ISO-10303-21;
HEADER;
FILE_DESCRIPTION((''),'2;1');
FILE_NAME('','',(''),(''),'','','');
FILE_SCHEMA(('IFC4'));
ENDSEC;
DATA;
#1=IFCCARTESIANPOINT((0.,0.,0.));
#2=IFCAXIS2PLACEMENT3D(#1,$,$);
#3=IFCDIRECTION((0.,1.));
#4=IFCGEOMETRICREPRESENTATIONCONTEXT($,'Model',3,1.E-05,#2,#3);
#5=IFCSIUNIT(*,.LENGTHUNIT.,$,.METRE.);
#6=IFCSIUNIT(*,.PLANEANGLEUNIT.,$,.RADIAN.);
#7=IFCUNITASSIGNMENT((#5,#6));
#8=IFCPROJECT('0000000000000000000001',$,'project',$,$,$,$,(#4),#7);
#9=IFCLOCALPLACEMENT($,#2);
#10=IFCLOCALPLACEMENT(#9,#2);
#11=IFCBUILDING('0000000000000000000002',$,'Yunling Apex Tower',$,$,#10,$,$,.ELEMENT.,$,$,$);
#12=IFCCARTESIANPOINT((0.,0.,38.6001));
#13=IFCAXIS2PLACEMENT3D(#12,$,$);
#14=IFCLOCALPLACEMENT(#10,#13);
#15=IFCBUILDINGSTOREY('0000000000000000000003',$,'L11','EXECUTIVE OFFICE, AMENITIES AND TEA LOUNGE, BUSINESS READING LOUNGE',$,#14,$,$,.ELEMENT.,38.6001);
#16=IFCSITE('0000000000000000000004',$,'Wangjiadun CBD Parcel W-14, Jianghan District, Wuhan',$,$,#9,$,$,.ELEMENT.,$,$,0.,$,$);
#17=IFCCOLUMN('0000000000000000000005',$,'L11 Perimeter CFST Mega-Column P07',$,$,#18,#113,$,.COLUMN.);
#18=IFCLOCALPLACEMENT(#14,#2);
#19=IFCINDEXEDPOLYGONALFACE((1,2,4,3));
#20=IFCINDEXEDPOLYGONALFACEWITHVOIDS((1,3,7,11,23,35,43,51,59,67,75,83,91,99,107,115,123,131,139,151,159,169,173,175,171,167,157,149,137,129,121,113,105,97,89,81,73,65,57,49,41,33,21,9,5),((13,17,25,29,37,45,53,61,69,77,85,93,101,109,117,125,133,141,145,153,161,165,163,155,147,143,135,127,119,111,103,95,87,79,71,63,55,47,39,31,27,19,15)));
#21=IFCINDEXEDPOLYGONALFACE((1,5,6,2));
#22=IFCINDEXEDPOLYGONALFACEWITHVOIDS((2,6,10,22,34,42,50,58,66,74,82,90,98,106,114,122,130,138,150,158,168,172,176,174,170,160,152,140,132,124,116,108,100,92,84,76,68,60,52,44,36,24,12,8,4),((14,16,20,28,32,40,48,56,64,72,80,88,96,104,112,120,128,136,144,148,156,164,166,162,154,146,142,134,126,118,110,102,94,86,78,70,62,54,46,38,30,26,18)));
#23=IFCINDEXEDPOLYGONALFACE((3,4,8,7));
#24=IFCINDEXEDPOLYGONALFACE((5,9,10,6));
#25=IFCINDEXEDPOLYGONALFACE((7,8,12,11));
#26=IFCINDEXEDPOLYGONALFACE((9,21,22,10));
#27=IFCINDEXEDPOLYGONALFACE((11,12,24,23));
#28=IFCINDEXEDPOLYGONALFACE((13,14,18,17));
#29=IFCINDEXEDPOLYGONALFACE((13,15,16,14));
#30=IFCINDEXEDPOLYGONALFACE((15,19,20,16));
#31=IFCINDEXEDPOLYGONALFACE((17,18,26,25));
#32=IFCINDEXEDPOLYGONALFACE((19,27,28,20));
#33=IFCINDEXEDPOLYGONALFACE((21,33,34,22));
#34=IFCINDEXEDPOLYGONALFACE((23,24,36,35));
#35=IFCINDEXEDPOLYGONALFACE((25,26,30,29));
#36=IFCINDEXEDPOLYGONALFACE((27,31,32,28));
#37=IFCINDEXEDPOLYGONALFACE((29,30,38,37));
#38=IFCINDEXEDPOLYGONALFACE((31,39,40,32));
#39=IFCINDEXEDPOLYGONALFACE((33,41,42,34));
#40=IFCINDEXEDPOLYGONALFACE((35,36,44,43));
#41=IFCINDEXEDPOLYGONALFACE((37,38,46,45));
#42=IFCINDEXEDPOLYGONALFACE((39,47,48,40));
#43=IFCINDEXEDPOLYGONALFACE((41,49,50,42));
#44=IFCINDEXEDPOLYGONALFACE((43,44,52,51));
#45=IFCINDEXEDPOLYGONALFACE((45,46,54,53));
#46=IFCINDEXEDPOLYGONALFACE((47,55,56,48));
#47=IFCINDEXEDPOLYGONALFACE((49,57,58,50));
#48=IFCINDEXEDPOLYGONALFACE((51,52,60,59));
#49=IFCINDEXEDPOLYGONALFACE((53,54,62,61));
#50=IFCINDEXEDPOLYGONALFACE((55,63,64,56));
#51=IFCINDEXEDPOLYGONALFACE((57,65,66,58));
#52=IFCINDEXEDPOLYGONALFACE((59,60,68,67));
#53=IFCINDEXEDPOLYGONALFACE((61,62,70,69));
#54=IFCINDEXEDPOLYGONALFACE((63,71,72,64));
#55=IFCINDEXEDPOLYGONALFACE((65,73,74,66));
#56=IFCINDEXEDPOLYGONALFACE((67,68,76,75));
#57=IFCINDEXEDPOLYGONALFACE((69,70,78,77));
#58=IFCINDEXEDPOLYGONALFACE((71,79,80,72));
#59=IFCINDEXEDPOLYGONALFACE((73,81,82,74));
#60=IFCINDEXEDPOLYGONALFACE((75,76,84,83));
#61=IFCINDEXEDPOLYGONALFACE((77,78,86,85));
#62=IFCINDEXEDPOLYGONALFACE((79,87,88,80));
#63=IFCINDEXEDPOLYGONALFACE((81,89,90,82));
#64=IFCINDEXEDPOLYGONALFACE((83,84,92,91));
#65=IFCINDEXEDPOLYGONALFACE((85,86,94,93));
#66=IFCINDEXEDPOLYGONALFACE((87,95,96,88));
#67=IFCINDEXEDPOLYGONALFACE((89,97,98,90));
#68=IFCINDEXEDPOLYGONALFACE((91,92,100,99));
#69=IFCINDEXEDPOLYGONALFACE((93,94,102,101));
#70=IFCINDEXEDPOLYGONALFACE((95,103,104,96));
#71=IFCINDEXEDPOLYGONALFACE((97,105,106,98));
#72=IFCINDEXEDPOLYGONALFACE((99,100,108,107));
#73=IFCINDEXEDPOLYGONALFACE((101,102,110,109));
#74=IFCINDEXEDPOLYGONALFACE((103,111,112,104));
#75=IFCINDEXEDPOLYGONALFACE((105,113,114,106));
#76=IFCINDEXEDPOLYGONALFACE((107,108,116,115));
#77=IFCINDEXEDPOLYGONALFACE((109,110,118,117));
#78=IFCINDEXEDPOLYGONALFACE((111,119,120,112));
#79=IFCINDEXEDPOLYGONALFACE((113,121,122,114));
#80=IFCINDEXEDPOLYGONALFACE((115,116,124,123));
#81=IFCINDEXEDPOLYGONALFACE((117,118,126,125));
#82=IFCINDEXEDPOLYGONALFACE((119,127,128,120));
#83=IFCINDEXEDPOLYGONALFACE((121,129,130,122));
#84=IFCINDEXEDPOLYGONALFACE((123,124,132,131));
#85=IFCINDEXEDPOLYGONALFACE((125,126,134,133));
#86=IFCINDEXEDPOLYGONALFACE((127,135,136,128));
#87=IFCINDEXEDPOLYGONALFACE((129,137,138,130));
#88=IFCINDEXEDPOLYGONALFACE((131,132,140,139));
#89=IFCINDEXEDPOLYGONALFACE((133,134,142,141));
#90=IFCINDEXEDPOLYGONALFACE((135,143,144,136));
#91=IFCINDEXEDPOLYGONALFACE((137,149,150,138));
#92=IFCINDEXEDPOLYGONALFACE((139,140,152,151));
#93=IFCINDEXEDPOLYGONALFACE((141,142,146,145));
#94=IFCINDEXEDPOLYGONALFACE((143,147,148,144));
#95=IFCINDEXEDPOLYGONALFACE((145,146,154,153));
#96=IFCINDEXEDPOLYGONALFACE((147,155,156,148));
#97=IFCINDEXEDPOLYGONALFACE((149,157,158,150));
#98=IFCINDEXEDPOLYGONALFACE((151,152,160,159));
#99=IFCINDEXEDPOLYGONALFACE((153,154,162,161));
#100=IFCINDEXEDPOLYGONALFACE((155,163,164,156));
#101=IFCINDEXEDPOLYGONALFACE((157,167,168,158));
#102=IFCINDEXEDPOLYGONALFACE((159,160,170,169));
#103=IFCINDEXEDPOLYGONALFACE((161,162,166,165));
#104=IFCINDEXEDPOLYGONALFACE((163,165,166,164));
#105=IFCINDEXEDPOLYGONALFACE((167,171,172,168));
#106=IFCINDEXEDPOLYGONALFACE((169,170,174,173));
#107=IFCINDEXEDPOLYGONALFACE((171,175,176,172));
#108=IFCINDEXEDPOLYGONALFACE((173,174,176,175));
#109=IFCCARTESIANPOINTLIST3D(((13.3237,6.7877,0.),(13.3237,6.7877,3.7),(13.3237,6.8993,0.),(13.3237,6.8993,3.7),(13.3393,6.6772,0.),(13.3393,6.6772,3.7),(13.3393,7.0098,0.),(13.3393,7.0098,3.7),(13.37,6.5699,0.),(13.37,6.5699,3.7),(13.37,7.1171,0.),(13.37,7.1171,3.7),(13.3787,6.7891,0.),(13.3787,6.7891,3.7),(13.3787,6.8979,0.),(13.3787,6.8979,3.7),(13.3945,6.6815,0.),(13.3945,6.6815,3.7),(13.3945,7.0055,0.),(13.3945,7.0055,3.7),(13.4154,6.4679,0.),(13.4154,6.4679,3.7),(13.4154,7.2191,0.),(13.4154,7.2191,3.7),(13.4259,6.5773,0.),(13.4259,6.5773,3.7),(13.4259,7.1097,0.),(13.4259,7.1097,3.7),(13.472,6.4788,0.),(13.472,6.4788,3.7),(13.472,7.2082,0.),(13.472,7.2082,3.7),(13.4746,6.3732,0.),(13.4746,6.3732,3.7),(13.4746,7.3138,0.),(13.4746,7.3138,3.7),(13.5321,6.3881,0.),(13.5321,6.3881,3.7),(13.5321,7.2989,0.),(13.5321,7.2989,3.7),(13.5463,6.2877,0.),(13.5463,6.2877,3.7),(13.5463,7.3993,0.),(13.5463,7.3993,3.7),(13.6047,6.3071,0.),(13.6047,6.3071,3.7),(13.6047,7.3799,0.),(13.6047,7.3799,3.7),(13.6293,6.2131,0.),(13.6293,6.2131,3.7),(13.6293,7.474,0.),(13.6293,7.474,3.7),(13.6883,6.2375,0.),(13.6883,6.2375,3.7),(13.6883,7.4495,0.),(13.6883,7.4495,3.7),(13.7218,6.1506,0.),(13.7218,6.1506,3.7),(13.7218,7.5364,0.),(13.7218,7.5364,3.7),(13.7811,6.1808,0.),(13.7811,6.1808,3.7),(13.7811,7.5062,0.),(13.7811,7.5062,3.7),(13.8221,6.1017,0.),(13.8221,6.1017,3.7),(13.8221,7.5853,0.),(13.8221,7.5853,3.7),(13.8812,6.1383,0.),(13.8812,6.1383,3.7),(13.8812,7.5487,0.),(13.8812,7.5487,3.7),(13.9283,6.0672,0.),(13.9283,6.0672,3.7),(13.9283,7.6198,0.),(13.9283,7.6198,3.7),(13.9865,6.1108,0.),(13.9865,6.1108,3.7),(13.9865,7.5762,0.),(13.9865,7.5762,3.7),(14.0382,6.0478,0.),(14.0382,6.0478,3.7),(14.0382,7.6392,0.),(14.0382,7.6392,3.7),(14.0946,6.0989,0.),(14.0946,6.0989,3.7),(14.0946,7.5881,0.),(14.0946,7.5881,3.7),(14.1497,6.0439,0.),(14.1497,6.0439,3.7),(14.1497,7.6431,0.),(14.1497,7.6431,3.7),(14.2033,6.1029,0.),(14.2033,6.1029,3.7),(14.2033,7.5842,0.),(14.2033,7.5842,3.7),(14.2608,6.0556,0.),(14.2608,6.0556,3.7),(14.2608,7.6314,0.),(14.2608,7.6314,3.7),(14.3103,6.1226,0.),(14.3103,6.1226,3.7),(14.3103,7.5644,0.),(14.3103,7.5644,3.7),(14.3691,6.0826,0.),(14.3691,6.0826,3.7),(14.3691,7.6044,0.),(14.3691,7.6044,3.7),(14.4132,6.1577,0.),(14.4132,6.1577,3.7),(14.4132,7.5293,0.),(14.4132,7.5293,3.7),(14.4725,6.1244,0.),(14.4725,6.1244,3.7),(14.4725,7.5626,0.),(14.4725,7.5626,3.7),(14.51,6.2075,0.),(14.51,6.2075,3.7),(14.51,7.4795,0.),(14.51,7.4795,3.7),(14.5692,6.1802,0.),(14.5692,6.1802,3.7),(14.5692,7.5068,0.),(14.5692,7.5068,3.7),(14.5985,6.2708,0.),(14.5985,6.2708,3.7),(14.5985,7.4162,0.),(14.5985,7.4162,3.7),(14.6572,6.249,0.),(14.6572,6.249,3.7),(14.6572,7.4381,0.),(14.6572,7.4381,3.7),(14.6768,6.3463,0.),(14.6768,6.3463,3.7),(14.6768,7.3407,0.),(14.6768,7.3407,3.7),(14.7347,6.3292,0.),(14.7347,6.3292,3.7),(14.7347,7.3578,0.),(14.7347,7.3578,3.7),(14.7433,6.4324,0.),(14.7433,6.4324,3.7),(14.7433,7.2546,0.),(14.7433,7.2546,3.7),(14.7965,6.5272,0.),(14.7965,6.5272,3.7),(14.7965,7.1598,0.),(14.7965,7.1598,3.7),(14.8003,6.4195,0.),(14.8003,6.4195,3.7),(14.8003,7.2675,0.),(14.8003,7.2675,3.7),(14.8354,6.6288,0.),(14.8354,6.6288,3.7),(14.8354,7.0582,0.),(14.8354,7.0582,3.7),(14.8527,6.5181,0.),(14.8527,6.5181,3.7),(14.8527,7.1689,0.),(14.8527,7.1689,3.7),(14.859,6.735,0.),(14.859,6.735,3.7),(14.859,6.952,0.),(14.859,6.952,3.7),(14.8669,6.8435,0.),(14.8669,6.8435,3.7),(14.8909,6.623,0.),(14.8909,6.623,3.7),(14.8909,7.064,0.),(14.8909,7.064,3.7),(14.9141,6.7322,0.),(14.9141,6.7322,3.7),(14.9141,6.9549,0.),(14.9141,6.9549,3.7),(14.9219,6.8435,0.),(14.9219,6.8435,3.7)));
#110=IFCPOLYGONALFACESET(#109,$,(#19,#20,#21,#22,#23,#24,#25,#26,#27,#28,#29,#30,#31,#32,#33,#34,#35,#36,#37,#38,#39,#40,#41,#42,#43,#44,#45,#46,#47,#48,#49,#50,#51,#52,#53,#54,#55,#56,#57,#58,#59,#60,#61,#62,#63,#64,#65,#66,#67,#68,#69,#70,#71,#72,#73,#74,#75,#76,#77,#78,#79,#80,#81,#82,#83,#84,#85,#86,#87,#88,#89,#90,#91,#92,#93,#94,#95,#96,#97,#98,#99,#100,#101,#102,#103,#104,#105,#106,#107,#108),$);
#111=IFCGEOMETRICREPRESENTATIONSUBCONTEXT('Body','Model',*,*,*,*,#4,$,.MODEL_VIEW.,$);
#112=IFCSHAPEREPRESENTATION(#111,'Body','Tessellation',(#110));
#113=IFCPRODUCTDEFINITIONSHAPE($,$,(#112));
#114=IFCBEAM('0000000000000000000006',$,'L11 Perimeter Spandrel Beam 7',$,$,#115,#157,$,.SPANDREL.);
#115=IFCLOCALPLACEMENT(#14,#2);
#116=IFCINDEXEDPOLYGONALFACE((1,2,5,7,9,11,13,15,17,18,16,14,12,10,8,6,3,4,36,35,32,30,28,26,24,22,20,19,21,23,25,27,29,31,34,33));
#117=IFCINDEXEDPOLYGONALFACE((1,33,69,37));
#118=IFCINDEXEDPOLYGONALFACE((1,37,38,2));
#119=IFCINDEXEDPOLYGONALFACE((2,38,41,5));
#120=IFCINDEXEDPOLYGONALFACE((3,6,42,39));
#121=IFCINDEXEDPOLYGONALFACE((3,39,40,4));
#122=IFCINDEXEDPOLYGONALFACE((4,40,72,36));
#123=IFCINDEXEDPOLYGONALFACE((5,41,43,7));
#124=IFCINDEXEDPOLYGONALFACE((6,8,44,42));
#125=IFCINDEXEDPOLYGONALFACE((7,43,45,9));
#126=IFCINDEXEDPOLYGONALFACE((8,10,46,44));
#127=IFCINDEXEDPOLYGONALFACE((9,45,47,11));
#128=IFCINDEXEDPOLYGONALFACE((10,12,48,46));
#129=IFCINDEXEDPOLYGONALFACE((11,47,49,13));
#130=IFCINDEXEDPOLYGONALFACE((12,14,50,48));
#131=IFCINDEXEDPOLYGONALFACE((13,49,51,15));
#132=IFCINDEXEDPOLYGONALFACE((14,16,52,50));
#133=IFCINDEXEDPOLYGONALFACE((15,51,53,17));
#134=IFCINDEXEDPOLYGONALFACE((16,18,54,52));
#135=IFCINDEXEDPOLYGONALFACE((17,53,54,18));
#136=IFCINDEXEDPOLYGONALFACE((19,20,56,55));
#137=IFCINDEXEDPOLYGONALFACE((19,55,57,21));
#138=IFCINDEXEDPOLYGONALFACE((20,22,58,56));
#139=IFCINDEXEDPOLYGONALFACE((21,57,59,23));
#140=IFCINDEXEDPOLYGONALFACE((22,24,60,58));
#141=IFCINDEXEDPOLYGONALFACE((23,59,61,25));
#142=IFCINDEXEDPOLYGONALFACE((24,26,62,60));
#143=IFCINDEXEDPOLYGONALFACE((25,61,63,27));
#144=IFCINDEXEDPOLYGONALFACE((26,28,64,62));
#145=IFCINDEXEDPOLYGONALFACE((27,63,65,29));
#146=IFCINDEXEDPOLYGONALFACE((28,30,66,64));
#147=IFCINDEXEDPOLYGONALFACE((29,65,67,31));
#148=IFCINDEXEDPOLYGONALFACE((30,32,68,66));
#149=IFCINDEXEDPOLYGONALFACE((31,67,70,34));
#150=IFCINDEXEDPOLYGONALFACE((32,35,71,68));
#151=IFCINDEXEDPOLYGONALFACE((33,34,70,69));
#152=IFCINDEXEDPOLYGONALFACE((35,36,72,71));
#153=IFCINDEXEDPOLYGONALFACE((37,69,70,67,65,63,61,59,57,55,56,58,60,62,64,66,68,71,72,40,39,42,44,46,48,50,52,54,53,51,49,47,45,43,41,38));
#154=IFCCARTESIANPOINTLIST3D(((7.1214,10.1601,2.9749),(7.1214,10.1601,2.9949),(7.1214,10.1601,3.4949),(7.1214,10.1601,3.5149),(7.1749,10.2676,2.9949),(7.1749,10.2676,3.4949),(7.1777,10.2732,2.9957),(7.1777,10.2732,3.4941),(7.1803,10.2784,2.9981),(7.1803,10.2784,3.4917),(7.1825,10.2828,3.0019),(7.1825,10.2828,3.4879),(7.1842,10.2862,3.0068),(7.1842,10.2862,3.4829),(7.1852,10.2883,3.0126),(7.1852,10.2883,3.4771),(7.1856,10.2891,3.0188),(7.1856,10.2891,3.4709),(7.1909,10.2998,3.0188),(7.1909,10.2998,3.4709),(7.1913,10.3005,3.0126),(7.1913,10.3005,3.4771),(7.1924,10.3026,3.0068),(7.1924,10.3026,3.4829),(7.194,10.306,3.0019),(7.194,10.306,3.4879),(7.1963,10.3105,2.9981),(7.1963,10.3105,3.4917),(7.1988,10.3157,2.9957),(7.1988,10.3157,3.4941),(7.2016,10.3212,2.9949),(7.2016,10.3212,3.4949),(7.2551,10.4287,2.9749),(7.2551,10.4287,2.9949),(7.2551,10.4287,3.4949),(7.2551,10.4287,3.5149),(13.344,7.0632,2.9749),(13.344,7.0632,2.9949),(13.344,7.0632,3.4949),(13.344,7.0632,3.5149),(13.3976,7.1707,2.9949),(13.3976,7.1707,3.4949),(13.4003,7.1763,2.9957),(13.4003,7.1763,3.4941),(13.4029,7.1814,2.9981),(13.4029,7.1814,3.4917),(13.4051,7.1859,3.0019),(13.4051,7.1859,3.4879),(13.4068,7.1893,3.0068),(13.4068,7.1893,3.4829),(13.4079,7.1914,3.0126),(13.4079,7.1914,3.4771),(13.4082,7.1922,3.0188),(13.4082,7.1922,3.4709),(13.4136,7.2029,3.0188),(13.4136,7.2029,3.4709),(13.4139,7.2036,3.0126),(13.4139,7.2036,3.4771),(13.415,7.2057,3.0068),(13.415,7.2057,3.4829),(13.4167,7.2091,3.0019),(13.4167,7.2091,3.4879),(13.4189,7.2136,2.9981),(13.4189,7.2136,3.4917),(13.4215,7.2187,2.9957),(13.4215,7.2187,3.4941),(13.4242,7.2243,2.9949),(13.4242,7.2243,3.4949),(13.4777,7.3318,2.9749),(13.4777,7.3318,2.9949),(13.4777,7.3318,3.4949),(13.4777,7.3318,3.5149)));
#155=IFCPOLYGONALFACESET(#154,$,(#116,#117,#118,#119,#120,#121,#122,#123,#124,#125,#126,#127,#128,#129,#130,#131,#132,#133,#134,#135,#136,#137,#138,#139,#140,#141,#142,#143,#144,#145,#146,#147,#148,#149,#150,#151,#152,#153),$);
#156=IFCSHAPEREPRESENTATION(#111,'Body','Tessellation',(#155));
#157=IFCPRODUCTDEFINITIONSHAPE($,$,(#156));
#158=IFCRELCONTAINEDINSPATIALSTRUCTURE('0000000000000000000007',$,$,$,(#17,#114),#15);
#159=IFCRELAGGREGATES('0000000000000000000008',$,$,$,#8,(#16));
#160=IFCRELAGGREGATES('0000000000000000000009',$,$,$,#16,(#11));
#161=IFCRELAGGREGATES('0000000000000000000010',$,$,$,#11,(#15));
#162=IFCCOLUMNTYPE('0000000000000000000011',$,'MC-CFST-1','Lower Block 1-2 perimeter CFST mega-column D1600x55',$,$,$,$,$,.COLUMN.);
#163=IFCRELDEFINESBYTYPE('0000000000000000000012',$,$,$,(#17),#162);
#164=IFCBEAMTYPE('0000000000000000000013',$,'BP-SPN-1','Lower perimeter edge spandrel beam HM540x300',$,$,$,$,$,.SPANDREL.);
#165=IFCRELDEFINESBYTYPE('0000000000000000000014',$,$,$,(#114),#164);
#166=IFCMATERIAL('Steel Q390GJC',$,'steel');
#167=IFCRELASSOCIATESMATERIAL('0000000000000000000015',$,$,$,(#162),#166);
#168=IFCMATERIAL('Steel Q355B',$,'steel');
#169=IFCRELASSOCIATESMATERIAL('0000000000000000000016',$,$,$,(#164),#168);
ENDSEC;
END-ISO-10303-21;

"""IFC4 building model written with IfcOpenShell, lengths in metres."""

from ifc_helpers import new_model, si_unit, direction, frame, origin, origin_2d, place, context, subcontext, project, spatial, hollow_circle, i_section, extrude, source, transform, mapped, material, material_profile, profile_set, type_object, element, save


model = new_model("IFC4")

# Units and contexts
model_context = context("Model", 3, precision=1e-05, world=origin(), true_north=direction((0.0, 1.0)))
body_context = subcontext(model_context, "Body", "Model", "MODEL_VIEW")
ifc_project = project(units=[si_unit("LENGTHUNIT", "METRE"), si_unit("PLANEANGLEUNIT", "RADIAN")], contexts=[model_context])

# Site, building, storey
site_placement = place(None, origin())
site = spatial("IfcSite", under=ifc_project, at=site_placement, Name="Wangjiadun CBD Parcel W-14, Jianghan District, Wuhan", CompositionType="ELEMENT", RefElevation=0.0)
building_placement = place(site_placement, origin())
building = spatial("IfcBuilding", under=site, at=building_placement, Name="Yunling Apex Tower", CompositionType="ELEMENT")
storey_placement = place(building_placement, frame((0.0, 0.0, 38.6001)))
storey = spatial("IfcBuildingStorey", under=building, at=storey_placement, Name="L11", Description="EXECUTIVE OFFICE, AMENITIES AND TEA LOUNGE, BUSINESS READING LOUNGE", CompositionType="ELEMENT", Elevation=38.6001)

# Column
ifc_material_1 = material(Name="Steel Q390GJC", Category="steel")
ifc_material_profile_1 = material_profile(ifc_material_1, hollow_circle(Radius=0.8, WallThickness=0.0549, at=origin_2d()))
ifc_profile_set_1 = profile_set([ifc_material_profile_1], Name="Steel Q390GJC")
column_type = type_object("IfcColumnType", Name="MC-CFST-1", Description="Lower Block 1-2 perimeter CFST mega-column D1600x55", PredefinedType="COLUMN", material=ifc_profile_set_1)
shared_shape_1 = source(origin(), body_context, "Body", "SweptSolid", [
    extrude(hollow_circle(Radius=0.8, WallThickness=0.0549, at=origin_2d()), origin(), (0.0, 0.0, 1.0), 3.7),
])
column_placement = place(storey_placement, frame((14.1218, 6.8435, 0.0), z_axis=(0.0, 0.0, 1.0), x_axis=(1.0, 0.0, 0.0)))
element("IfcColumn", 1, at=column_placement, inside=storey, type_object=column_type, Name="L11 Perimeter CFST Mega-Column P07", PredefinedType="COLUMN", context=body_context, shape_type="MappedRepresentation", body=[
    mapped(shared_shape_1, transform((0.0, 0.0, 0.0), scale=1.0)),
])

# Beam
ifc_material_2 = material(Name="Steel Q355B", Category="steel")
ifc_material_profile_2 = material_profile(ifc_material_2, i_section(OverallWidth=0.3, OverallDepth=0.54, WebThickness=0.012, FlangeThickness=0.02, FilletRadius=0.0239, at=origin_2d()))
ifc_profile_set_2 = profile_set([ifc_material_profile_2], Name="Steel Q355B")
beam_type_1 = type_object("IfcBeamType", Name="BP-SPN-1", Description="Lower perimeter edge spandrel beam HM540x300", PredefinedType="SPANDREL", material=ifc_profile_set_2)
shared_shape_2 = source(origin(), body_context, "Body", "SweptSolid", [
    extrude(i_section(OverallWidth=0.3, OverallDepth=0.54, WebThickness=0.012, FlangeThickness=0.02, FilletRadius=0.0239, at=origin_2d()), origin(), (0.0, 0.0, 1.0), 6.9507),
])
beam_1_placement = place(storey_placement, frame((13.4109, 7.1975, 3.2449), z_axis=(-0.895255, 0.445555, 0.0), x_axis=(-0.445555, -0.895255, 0.0)))
element("IfcBeam", 2, at=beam_1_placement, inside=storey, type_object=beam_type_1, Name="L11 Perimeter Spandrel Beam 7", PredefinedType="SPANDREL", context=body_context, shape_type="MappedRepresentation", body=[
    mapped(shared_shape_2, transform((0.0, 0.0, 0.0), scale=1.0)),
])

save(model, "model.ifc")
